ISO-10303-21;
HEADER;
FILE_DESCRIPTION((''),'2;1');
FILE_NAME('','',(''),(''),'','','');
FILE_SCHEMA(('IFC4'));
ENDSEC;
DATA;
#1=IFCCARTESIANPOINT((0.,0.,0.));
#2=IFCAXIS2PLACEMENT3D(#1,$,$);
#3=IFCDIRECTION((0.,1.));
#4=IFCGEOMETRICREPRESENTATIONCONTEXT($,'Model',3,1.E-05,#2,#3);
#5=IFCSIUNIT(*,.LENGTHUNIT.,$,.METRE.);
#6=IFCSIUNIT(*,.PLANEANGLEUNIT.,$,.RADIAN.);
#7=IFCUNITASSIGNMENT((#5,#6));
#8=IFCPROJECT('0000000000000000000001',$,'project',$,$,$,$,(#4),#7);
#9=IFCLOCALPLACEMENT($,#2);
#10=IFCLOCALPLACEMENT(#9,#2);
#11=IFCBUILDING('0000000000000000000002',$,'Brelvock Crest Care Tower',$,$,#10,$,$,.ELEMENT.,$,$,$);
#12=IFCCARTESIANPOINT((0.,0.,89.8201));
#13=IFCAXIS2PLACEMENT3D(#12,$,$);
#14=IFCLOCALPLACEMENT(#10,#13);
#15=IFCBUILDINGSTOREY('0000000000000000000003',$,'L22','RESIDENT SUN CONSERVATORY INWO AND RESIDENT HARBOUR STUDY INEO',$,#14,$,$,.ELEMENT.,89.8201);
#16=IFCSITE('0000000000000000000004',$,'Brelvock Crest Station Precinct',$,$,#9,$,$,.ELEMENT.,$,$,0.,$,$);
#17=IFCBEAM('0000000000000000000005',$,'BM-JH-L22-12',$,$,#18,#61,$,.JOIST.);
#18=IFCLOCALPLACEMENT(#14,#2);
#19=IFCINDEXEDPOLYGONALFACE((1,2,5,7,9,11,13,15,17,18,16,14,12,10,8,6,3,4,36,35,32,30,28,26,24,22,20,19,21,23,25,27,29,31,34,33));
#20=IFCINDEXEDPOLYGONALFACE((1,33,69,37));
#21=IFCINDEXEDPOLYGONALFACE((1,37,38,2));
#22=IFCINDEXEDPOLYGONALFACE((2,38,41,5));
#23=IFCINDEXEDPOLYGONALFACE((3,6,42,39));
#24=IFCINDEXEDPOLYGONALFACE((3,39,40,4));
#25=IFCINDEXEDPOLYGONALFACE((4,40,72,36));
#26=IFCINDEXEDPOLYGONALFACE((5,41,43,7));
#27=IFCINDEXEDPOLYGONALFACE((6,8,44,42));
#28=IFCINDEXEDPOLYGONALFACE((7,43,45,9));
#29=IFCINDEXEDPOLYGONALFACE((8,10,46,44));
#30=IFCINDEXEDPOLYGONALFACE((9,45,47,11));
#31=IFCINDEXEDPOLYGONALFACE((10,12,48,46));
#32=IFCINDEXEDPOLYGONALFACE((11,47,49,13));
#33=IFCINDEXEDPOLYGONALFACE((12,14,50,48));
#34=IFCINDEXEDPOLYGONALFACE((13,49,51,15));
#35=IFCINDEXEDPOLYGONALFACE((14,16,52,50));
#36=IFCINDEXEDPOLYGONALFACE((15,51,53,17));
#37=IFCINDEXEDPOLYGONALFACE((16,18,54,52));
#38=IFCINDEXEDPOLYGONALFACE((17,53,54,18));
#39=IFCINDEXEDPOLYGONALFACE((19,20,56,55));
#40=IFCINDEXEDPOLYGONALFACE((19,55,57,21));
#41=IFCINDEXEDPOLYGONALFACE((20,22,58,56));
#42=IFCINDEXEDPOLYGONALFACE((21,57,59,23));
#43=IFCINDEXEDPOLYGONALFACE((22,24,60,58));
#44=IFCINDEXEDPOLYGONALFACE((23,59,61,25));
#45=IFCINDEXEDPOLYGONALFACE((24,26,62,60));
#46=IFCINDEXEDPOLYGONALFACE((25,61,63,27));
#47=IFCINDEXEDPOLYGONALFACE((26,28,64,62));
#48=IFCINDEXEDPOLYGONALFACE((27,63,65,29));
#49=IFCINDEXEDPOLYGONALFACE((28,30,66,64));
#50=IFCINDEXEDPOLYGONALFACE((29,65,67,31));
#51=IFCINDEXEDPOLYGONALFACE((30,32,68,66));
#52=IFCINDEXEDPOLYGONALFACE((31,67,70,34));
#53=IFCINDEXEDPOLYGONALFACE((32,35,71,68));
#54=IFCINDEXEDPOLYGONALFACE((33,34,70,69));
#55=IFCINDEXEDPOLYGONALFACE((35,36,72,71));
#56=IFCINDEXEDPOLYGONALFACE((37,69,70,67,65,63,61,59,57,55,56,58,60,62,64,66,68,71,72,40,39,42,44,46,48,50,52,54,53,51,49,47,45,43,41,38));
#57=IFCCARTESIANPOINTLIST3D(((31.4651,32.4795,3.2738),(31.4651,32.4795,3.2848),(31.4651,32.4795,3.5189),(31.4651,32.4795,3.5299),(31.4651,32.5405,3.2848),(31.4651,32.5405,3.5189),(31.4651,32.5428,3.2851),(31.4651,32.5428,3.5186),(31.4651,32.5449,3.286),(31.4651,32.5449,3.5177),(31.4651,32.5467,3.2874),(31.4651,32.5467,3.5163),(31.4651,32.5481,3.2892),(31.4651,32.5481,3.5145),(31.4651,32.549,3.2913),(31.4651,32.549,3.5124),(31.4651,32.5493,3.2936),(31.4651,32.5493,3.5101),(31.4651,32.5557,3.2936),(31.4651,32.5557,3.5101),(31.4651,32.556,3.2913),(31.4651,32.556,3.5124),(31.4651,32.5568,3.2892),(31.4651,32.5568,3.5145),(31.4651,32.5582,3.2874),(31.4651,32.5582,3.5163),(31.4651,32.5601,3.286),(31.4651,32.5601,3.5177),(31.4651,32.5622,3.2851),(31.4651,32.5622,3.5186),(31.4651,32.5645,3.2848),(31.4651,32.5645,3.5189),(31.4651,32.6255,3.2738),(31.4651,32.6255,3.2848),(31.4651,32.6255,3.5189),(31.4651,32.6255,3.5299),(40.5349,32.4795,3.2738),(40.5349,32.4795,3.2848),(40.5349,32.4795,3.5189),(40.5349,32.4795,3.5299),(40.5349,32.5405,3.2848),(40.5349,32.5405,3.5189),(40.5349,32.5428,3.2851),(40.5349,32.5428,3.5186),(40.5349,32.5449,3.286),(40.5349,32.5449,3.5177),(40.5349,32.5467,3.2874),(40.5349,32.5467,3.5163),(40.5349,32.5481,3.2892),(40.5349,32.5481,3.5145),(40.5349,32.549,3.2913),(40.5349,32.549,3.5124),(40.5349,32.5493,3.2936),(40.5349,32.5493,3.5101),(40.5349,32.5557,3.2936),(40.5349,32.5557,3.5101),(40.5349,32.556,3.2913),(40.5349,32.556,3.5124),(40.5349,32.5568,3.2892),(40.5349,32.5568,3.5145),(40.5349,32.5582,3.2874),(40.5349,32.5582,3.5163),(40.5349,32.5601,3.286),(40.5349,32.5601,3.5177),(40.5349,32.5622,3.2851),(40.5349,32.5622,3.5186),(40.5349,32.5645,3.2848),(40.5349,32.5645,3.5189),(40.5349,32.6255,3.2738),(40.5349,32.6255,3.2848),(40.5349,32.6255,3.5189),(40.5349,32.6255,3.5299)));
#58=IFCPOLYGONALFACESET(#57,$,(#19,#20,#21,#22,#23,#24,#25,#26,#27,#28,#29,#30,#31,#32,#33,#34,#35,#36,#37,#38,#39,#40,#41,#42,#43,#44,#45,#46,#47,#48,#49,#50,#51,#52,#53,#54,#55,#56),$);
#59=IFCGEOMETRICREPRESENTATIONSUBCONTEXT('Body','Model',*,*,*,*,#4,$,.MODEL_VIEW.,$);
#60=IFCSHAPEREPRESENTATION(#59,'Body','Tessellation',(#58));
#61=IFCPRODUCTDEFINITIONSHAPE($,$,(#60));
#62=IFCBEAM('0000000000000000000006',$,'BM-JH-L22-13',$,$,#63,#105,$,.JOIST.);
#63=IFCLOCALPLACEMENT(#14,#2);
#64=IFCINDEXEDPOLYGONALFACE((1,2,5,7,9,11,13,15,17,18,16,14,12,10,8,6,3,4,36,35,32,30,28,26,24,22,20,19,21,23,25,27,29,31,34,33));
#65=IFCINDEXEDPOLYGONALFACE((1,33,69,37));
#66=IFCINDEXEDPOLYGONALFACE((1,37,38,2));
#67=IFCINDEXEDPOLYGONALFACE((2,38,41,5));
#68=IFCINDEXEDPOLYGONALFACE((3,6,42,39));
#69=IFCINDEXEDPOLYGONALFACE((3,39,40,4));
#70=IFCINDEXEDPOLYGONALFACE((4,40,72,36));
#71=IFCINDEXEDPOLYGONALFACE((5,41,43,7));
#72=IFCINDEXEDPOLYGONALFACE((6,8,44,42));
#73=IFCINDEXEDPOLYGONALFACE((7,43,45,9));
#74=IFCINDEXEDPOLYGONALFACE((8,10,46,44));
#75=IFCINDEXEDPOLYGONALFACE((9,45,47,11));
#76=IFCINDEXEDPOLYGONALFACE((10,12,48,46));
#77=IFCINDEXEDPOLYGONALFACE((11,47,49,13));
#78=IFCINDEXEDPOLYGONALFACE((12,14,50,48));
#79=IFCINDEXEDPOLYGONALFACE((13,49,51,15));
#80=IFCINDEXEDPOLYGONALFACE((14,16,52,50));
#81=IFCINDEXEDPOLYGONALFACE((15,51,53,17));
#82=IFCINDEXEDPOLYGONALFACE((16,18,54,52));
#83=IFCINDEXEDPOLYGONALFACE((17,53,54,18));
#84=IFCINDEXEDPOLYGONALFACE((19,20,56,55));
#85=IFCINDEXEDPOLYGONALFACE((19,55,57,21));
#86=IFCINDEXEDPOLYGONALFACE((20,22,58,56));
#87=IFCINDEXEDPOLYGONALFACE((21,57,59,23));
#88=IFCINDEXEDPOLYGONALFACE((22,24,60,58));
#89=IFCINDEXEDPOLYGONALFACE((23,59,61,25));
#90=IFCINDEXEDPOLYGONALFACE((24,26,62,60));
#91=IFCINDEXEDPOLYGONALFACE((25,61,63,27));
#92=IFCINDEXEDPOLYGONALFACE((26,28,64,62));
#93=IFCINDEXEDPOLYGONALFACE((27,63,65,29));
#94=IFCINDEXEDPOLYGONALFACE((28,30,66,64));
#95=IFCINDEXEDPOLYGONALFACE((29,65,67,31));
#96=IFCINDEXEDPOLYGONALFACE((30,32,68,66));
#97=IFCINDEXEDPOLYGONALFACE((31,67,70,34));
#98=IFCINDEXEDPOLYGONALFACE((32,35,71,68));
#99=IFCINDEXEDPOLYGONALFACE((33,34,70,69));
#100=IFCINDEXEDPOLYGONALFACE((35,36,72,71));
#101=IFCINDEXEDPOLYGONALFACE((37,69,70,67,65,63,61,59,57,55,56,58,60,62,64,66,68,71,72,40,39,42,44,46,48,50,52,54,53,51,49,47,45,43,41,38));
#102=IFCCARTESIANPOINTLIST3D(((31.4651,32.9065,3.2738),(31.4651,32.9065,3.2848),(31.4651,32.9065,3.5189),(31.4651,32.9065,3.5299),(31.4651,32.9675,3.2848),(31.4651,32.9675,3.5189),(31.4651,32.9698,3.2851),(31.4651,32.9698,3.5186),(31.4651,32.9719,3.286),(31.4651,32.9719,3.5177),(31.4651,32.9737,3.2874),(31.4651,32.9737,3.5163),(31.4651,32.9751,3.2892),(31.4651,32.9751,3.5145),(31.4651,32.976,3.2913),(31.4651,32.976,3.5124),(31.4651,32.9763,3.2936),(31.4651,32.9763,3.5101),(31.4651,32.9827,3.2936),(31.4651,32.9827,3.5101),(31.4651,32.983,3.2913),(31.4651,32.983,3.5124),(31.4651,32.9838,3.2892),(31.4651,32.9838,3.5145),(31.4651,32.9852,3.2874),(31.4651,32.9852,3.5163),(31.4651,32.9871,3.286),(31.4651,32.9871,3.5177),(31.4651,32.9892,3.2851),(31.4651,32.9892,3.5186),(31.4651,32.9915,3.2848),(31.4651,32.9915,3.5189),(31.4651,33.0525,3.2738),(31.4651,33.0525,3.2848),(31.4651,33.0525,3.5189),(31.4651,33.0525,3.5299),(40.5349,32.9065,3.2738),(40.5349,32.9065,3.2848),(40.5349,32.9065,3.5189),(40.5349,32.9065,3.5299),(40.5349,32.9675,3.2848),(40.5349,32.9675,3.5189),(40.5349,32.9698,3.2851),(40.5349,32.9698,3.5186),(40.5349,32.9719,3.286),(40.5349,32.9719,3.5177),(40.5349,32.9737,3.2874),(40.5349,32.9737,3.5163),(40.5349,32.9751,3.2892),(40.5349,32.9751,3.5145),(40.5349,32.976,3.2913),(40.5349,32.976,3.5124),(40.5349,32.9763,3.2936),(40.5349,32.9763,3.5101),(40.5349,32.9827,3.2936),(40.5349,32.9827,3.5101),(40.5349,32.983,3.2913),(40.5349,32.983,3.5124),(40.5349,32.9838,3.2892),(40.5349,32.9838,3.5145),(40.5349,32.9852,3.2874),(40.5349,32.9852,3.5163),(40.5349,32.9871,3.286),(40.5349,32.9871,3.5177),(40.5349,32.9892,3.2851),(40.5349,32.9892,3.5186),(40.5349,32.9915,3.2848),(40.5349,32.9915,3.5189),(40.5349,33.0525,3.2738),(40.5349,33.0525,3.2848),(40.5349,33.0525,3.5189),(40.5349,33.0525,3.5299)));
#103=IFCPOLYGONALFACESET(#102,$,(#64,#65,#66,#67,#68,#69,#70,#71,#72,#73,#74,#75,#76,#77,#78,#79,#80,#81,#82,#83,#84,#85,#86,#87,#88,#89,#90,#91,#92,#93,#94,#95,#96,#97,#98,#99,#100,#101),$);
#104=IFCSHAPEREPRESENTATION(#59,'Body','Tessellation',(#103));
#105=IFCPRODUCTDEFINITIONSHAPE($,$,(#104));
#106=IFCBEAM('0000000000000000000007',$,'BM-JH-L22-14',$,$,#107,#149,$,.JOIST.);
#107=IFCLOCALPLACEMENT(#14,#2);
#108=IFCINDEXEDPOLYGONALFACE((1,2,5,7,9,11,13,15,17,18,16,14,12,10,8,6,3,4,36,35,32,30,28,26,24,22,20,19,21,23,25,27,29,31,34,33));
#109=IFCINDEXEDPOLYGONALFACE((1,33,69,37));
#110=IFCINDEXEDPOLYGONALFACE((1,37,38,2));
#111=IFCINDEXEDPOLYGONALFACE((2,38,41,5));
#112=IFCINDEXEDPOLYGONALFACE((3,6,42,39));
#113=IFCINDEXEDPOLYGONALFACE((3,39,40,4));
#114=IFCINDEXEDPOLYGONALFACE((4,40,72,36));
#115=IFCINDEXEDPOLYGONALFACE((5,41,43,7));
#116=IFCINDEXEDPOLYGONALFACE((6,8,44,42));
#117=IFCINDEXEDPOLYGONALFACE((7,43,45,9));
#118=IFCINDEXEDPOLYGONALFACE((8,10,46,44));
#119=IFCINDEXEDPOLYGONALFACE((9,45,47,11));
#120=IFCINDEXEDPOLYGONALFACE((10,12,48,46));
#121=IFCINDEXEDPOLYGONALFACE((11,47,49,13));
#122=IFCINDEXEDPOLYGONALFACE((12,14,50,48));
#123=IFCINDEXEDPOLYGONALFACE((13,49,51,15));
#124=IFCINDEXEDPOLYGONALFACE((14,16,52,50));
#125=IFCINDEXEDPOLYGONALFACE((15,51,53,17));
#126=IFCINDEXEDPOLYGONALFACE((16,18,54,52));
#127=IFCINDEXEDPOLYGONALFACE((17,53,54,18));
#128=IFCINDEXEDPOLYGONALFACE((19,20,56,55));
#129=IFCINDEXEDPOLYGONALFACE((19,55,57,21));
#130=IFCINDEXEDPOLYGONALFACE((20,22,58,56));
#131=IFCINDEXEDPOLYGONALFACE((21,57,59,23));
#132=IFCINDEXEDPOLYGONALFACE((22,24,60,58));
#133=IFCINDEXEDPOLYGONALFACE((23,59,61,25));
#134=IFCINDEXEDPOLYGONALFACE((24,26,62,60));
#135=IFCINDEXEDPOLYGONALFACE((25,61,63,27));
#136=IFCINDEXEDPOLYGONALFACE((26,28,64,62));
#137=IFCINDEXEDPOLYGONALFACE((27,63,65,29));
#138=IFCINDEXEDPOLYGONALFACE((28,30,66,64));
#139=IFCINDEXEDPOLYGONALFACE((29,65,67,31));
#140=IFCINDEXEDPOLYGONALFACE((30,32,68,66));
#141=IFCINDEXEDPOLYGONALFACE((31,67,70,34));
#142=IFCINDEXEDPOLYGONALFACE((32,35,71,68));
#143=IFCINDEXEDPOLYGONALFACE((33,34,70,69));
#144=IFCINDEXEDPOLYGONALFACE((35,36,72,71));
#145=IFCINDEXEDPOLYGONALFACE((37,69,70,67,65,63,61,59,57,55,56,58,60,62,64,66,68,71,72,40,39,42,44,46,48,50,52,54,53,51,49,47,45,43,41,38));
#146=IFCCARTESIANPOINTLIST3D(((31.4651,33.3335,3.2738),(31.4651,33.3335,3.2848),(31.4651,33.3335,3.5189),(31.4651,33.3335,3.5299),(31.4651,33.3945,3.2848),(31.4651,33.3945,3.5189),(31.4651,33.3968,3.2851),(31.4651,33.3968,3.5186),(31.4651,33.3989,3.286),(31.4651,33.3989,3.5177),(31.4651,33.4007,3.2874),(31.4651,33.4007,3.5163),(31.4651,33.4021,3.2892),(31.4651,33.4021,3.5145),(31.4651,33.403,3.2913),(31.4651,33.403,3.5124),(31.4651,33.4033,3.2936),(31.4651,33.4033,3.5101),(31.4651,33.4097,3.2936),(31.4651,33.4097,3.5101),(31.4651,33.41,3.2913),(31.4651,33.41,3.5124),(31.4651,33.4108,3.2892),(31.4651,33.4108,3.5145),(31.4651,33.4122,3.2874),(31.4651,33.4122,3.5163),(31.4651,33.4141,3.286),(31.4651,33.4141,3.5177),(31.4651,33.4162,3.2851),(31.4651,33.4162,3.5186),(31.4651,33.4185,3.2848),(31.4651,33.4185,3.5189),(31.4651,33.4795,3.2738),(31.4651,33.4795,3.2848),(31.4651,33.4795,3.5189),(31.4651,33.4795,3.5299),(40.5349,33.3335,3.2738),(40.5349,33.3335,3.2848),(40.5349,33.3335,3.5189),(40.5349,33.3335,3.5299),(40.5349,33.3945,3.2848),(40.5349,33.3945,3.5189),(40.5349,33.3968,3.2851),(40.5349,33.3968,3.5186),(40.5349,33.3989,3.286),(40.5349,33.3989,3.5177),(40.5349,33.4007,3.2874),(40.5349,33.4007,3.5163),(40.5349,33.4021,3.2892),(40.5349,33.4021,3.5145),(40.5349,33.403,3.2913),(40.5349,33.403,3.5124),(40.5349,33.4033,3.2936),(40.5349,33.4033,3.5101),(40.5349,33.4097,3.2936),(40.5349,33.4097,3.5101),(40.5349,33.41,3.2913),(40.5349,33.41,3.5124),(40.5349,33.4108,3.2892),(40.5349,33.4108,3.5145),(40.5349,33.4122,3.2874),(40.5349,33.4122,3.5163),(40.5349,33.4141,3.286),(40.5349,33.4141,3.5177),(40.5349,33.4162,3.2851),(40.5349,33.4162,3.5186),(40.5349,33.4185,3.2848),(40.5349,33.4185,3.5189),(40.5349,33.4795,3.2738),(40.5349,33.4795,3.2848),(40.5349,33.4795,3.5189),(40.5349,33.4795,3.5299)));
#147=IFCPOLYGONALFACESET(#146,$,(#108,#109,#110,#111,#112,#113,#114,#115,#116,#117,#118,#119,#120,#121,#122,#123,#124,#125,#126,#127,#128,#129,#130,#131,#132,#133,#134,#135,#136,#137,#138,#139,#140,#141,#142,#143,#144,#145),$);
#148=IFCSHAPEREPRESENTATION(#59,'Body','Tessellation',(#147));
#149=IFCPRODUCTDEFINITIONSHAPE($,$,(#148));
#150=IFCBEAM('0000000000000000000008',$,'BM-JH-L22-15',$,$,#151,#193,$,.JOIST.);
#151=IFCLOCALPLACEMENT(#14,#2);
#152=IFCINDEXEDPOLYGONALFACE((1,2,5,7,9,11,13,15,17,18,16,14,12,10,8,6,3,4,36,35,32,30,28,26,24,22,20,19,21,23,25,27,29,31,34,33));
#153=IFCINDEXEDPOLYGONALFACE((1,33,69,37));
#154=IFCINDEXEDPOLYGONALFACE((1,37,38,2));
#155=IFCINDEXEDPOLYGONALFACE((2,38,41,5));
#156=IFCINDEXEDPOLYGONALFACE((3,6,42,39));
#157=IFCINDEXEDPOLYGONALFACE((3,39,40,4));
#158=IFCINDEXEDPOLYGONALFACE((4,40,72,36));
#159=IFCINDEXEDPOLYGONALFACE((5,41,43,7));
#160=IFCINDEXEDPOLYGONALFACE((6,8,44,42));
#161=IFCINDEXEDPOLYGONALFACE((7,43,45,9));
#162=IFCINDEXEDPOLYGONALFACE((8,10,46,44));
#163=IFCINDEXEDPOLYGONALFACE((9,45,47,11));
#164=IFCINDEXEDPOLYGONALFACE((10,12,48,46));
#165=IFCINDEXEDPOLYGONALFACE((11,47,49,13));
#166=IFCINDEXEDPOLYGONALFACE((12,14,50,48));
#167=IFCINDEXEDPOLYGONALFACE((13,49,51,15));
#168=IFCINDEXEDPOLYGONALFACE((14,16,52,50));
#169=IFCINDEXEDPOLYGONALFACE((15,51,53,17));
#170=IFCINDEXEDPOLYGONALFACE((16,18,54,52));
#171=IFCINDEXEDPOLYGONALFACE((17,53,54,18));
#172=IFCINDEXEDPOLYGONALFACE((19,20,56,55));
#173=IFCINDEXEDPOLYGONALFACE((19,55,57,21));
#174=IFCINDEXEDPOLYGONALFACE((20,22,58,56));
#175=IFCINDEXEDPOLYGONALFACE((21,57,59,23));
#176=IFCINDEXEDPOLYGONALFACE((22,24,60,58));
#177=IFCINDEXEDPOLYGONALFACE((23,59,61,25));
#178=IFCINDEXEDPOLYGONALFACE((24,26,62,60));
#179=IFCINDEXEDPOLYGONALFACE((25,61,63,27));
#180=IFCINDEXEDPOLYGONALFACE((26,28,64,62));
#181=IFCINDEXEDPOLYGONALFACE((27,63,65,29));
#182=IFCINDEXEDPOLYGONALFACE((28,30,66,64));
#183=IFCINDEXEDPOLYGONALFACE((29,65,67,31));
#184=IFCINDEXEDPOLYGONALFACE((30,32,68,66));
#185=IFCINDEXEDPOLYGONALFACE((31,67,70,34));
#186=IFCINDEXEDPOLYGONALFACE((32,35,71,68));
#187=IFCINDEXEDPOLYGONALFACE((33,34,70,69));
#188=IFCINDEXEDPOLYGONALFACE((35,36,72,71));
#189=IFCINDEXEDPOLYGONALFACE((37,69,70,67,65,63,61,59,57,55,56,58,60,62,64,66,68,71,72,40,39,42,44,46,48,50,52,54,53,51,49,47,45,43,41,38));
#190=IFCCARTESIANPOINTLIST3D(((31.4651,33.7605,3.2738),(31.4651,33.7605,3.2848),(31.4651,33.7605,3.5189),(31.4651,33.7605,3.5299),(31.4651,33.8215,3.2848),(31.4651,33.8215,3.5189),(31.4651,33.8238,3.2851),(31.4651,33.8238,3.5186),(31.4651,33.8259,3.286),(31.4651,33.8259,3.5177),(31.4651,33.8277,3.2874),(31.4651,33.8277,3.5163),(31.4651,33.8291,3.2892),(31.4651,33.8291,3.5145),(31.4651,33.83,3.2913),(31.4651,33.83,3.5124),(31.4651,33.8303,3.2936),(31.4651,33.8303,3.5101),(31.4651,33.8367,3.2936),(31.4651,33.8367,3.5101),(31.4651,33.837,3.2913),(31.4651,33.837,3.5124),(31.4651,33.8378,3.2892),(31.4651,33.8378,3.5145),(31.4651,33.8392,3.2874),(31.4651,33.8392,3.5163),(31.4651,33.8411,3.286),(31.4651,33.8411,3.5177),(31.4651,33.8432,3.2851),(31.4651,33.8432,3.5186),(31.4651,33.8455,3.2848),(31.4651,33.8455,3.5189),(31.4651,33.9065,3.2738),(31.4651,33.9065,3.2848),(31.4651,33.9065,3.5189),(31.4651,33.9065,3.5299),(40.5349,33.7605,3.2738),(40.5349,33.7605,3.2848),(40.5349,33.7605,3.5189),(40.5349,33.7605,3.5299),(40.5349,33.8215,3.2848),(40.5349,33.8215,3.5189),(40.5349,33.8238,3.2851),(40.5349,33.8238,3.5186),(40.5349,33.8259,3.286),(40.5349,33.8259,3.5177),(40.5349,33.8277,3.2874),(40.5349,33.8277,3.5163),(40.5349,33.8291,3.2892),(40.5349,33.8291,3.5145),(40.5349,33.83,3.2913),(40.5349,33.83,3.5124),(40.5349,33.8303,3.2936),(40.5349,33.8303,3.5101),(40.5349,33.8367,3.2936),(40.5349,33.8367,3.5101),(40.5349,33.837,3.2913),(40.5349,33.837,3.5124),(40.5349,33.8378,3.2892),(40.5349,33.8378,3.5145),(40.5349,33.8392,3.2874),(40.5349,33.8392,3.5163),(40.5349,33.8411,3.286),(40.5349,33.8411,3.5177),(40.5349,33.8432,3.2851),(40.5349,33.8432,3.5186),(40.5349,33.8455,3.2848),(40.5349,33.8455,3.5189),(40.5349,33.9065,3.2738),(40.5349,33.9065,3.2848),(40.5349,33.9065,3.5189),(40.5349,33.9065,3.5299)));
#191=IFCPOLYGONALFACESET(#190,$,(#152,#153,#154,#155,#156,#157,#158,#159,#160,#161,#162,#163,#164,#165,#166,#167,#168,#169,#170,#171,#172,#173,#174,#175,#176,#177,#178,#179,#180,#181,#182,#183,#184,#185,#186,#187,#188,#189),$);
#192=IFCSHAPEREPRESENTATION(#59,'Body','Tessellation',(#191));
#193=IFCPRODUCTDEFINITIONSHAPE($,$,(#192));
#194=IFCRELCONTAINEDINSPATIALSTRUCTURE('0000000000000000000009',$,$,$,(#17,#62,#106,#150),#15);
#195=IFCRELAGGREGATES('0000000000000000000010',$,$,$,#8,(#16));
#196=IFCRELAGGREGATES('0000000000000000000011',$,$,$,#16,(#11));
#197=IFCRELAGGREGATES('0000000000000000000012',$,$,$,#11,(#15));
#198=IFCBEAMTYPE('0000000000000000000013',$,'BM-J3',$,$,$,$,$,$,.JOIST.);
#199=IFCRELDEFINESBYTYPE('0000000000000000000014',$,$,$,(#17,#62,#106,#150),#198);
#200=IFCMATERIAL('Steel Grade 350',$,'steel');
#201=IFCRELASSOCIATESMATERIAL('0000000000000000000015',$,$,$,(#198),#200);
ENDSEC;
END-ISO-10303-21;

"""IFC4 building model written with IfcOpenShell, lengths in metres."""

from ifc_helpers import new_model, si_unit, direction, frame, origin, origin_2d, place, context, subcontext, project, spatial, i_section, extrude, source, transform, mapped, material, material_profile, profile_set, type_object, element, save


model = new_model("IFC4")

# Units and contexts
model_context = context("Model", 3, precision=1e-05, world=origin(), true_north=direction((0.0, 1.0)))
body_context = subcontext(model_context, "Body", "Model", "MODEL_VIEW")
ifc_project = project(units=[si_unit("LENGTHUNIT", "METRE"), si_unit("PLANEANGLEUNIT", "RADIAN")], contexts=[model_context])

# Site, building, storey
site_placement = place(None, origin())
site = spatial("IfcSite", under=ifc_project, at=site_placement, Name="Brelvock Crest Station Precinct", CompositionType="ELEMENT", RefElevation=0.0)
building_placement = place(site_placement, origin())
building = spatial("IfcBuilding", under=site, at=building_placement, Name="Brelvock Crest Care Tower", CompositionType="ELEMENT")
storey_placement = place(building_placement, frame((0.0, 0.0, 89.8201)))
storey = spatial("IfcBuildingStorey", under=building, at=storey_placement, Name="L22", Description="RESIDENT SUN CONSERVATORY INWO AND RESIDENT HARBOUR STUDY INEO", CompositionType="ELEMENT", Elevation=89.8201)

# Beams
ifc_material_1 = material(Name="Steel Grade 350", Category="steel")
ifc_material_profile_1 = material_profile(ifc_material_1, i_section(OverallWidth=0.146, OverallDepth=0.2561, WebThickness=0.0063, FlangeThickness=0.011, FilletRadius=0.0088, at=origin_2d()), Name="250UB37.3")
ifc_profile_set_1 = profile_set([ifc_material_profile_1], Name="Steel Grade 350")
beam_type_1 = type_object("IfcBeamType", Name="BM-J3", PredefinedType="JOIST", material=ifc_profile_set_1)
shared_shape_1 = source(origin(), body_context, "Body", "SweptSolid", [
    extrude(i_section(OverallWidth=0.146, OverallDepth=0.2561, WebThickness=0.0063, FlangeThickness=0.011, FilletRadius=0.0088, at=origin_2d()), origin(), (0.0, 0.0, 1.0), 9.0698),
])
for number, where, z_axis, x_axis, name in (
    (1, (31.4651, 32.5525, 3.4019), (1.0, 0.0, 0.0), (0.0, 1.0, 0.0), "BM-JH-L22-12"),
    (2, (31.4651, 32.9795, 3.4019), (1.0, 0.0, 0.0), (0.0, 1.0, 0.0), "BM-JH-L22-13"),
    (3, (31.4651, 33.4065, 3.4019), (1.0, 0.0, 0.0), (0.0, 1.0, 0.0), "BM-JH-L22-14"),
    (4, (31.4651, 33.8335, 3.4019), (1.0, 0.0, 0.0), (0.0, 1.0, 0.0), "BM-JH-L22-15"),
):
    element("IfcBeam", number, at=place(storey_placement, frame(where, z_axis=z_axis, x_axis=x_axis)), inside=storey, type_object=beam_type_1, Name=name, PredefinedType="JOIST", context=body_context, shape_type="MappedRepresentation", body=[
        mapped(shared_shape_1, transform((0.0, 0.0, 0.0), x_axis=(1.0, 0.0, 0.0), y_axis=(0.0, 1.0, 0.0), z_axis=(0.0, 0.0, 1.0), scale=1.0)),
    ])

save(model, "model.ifc")
